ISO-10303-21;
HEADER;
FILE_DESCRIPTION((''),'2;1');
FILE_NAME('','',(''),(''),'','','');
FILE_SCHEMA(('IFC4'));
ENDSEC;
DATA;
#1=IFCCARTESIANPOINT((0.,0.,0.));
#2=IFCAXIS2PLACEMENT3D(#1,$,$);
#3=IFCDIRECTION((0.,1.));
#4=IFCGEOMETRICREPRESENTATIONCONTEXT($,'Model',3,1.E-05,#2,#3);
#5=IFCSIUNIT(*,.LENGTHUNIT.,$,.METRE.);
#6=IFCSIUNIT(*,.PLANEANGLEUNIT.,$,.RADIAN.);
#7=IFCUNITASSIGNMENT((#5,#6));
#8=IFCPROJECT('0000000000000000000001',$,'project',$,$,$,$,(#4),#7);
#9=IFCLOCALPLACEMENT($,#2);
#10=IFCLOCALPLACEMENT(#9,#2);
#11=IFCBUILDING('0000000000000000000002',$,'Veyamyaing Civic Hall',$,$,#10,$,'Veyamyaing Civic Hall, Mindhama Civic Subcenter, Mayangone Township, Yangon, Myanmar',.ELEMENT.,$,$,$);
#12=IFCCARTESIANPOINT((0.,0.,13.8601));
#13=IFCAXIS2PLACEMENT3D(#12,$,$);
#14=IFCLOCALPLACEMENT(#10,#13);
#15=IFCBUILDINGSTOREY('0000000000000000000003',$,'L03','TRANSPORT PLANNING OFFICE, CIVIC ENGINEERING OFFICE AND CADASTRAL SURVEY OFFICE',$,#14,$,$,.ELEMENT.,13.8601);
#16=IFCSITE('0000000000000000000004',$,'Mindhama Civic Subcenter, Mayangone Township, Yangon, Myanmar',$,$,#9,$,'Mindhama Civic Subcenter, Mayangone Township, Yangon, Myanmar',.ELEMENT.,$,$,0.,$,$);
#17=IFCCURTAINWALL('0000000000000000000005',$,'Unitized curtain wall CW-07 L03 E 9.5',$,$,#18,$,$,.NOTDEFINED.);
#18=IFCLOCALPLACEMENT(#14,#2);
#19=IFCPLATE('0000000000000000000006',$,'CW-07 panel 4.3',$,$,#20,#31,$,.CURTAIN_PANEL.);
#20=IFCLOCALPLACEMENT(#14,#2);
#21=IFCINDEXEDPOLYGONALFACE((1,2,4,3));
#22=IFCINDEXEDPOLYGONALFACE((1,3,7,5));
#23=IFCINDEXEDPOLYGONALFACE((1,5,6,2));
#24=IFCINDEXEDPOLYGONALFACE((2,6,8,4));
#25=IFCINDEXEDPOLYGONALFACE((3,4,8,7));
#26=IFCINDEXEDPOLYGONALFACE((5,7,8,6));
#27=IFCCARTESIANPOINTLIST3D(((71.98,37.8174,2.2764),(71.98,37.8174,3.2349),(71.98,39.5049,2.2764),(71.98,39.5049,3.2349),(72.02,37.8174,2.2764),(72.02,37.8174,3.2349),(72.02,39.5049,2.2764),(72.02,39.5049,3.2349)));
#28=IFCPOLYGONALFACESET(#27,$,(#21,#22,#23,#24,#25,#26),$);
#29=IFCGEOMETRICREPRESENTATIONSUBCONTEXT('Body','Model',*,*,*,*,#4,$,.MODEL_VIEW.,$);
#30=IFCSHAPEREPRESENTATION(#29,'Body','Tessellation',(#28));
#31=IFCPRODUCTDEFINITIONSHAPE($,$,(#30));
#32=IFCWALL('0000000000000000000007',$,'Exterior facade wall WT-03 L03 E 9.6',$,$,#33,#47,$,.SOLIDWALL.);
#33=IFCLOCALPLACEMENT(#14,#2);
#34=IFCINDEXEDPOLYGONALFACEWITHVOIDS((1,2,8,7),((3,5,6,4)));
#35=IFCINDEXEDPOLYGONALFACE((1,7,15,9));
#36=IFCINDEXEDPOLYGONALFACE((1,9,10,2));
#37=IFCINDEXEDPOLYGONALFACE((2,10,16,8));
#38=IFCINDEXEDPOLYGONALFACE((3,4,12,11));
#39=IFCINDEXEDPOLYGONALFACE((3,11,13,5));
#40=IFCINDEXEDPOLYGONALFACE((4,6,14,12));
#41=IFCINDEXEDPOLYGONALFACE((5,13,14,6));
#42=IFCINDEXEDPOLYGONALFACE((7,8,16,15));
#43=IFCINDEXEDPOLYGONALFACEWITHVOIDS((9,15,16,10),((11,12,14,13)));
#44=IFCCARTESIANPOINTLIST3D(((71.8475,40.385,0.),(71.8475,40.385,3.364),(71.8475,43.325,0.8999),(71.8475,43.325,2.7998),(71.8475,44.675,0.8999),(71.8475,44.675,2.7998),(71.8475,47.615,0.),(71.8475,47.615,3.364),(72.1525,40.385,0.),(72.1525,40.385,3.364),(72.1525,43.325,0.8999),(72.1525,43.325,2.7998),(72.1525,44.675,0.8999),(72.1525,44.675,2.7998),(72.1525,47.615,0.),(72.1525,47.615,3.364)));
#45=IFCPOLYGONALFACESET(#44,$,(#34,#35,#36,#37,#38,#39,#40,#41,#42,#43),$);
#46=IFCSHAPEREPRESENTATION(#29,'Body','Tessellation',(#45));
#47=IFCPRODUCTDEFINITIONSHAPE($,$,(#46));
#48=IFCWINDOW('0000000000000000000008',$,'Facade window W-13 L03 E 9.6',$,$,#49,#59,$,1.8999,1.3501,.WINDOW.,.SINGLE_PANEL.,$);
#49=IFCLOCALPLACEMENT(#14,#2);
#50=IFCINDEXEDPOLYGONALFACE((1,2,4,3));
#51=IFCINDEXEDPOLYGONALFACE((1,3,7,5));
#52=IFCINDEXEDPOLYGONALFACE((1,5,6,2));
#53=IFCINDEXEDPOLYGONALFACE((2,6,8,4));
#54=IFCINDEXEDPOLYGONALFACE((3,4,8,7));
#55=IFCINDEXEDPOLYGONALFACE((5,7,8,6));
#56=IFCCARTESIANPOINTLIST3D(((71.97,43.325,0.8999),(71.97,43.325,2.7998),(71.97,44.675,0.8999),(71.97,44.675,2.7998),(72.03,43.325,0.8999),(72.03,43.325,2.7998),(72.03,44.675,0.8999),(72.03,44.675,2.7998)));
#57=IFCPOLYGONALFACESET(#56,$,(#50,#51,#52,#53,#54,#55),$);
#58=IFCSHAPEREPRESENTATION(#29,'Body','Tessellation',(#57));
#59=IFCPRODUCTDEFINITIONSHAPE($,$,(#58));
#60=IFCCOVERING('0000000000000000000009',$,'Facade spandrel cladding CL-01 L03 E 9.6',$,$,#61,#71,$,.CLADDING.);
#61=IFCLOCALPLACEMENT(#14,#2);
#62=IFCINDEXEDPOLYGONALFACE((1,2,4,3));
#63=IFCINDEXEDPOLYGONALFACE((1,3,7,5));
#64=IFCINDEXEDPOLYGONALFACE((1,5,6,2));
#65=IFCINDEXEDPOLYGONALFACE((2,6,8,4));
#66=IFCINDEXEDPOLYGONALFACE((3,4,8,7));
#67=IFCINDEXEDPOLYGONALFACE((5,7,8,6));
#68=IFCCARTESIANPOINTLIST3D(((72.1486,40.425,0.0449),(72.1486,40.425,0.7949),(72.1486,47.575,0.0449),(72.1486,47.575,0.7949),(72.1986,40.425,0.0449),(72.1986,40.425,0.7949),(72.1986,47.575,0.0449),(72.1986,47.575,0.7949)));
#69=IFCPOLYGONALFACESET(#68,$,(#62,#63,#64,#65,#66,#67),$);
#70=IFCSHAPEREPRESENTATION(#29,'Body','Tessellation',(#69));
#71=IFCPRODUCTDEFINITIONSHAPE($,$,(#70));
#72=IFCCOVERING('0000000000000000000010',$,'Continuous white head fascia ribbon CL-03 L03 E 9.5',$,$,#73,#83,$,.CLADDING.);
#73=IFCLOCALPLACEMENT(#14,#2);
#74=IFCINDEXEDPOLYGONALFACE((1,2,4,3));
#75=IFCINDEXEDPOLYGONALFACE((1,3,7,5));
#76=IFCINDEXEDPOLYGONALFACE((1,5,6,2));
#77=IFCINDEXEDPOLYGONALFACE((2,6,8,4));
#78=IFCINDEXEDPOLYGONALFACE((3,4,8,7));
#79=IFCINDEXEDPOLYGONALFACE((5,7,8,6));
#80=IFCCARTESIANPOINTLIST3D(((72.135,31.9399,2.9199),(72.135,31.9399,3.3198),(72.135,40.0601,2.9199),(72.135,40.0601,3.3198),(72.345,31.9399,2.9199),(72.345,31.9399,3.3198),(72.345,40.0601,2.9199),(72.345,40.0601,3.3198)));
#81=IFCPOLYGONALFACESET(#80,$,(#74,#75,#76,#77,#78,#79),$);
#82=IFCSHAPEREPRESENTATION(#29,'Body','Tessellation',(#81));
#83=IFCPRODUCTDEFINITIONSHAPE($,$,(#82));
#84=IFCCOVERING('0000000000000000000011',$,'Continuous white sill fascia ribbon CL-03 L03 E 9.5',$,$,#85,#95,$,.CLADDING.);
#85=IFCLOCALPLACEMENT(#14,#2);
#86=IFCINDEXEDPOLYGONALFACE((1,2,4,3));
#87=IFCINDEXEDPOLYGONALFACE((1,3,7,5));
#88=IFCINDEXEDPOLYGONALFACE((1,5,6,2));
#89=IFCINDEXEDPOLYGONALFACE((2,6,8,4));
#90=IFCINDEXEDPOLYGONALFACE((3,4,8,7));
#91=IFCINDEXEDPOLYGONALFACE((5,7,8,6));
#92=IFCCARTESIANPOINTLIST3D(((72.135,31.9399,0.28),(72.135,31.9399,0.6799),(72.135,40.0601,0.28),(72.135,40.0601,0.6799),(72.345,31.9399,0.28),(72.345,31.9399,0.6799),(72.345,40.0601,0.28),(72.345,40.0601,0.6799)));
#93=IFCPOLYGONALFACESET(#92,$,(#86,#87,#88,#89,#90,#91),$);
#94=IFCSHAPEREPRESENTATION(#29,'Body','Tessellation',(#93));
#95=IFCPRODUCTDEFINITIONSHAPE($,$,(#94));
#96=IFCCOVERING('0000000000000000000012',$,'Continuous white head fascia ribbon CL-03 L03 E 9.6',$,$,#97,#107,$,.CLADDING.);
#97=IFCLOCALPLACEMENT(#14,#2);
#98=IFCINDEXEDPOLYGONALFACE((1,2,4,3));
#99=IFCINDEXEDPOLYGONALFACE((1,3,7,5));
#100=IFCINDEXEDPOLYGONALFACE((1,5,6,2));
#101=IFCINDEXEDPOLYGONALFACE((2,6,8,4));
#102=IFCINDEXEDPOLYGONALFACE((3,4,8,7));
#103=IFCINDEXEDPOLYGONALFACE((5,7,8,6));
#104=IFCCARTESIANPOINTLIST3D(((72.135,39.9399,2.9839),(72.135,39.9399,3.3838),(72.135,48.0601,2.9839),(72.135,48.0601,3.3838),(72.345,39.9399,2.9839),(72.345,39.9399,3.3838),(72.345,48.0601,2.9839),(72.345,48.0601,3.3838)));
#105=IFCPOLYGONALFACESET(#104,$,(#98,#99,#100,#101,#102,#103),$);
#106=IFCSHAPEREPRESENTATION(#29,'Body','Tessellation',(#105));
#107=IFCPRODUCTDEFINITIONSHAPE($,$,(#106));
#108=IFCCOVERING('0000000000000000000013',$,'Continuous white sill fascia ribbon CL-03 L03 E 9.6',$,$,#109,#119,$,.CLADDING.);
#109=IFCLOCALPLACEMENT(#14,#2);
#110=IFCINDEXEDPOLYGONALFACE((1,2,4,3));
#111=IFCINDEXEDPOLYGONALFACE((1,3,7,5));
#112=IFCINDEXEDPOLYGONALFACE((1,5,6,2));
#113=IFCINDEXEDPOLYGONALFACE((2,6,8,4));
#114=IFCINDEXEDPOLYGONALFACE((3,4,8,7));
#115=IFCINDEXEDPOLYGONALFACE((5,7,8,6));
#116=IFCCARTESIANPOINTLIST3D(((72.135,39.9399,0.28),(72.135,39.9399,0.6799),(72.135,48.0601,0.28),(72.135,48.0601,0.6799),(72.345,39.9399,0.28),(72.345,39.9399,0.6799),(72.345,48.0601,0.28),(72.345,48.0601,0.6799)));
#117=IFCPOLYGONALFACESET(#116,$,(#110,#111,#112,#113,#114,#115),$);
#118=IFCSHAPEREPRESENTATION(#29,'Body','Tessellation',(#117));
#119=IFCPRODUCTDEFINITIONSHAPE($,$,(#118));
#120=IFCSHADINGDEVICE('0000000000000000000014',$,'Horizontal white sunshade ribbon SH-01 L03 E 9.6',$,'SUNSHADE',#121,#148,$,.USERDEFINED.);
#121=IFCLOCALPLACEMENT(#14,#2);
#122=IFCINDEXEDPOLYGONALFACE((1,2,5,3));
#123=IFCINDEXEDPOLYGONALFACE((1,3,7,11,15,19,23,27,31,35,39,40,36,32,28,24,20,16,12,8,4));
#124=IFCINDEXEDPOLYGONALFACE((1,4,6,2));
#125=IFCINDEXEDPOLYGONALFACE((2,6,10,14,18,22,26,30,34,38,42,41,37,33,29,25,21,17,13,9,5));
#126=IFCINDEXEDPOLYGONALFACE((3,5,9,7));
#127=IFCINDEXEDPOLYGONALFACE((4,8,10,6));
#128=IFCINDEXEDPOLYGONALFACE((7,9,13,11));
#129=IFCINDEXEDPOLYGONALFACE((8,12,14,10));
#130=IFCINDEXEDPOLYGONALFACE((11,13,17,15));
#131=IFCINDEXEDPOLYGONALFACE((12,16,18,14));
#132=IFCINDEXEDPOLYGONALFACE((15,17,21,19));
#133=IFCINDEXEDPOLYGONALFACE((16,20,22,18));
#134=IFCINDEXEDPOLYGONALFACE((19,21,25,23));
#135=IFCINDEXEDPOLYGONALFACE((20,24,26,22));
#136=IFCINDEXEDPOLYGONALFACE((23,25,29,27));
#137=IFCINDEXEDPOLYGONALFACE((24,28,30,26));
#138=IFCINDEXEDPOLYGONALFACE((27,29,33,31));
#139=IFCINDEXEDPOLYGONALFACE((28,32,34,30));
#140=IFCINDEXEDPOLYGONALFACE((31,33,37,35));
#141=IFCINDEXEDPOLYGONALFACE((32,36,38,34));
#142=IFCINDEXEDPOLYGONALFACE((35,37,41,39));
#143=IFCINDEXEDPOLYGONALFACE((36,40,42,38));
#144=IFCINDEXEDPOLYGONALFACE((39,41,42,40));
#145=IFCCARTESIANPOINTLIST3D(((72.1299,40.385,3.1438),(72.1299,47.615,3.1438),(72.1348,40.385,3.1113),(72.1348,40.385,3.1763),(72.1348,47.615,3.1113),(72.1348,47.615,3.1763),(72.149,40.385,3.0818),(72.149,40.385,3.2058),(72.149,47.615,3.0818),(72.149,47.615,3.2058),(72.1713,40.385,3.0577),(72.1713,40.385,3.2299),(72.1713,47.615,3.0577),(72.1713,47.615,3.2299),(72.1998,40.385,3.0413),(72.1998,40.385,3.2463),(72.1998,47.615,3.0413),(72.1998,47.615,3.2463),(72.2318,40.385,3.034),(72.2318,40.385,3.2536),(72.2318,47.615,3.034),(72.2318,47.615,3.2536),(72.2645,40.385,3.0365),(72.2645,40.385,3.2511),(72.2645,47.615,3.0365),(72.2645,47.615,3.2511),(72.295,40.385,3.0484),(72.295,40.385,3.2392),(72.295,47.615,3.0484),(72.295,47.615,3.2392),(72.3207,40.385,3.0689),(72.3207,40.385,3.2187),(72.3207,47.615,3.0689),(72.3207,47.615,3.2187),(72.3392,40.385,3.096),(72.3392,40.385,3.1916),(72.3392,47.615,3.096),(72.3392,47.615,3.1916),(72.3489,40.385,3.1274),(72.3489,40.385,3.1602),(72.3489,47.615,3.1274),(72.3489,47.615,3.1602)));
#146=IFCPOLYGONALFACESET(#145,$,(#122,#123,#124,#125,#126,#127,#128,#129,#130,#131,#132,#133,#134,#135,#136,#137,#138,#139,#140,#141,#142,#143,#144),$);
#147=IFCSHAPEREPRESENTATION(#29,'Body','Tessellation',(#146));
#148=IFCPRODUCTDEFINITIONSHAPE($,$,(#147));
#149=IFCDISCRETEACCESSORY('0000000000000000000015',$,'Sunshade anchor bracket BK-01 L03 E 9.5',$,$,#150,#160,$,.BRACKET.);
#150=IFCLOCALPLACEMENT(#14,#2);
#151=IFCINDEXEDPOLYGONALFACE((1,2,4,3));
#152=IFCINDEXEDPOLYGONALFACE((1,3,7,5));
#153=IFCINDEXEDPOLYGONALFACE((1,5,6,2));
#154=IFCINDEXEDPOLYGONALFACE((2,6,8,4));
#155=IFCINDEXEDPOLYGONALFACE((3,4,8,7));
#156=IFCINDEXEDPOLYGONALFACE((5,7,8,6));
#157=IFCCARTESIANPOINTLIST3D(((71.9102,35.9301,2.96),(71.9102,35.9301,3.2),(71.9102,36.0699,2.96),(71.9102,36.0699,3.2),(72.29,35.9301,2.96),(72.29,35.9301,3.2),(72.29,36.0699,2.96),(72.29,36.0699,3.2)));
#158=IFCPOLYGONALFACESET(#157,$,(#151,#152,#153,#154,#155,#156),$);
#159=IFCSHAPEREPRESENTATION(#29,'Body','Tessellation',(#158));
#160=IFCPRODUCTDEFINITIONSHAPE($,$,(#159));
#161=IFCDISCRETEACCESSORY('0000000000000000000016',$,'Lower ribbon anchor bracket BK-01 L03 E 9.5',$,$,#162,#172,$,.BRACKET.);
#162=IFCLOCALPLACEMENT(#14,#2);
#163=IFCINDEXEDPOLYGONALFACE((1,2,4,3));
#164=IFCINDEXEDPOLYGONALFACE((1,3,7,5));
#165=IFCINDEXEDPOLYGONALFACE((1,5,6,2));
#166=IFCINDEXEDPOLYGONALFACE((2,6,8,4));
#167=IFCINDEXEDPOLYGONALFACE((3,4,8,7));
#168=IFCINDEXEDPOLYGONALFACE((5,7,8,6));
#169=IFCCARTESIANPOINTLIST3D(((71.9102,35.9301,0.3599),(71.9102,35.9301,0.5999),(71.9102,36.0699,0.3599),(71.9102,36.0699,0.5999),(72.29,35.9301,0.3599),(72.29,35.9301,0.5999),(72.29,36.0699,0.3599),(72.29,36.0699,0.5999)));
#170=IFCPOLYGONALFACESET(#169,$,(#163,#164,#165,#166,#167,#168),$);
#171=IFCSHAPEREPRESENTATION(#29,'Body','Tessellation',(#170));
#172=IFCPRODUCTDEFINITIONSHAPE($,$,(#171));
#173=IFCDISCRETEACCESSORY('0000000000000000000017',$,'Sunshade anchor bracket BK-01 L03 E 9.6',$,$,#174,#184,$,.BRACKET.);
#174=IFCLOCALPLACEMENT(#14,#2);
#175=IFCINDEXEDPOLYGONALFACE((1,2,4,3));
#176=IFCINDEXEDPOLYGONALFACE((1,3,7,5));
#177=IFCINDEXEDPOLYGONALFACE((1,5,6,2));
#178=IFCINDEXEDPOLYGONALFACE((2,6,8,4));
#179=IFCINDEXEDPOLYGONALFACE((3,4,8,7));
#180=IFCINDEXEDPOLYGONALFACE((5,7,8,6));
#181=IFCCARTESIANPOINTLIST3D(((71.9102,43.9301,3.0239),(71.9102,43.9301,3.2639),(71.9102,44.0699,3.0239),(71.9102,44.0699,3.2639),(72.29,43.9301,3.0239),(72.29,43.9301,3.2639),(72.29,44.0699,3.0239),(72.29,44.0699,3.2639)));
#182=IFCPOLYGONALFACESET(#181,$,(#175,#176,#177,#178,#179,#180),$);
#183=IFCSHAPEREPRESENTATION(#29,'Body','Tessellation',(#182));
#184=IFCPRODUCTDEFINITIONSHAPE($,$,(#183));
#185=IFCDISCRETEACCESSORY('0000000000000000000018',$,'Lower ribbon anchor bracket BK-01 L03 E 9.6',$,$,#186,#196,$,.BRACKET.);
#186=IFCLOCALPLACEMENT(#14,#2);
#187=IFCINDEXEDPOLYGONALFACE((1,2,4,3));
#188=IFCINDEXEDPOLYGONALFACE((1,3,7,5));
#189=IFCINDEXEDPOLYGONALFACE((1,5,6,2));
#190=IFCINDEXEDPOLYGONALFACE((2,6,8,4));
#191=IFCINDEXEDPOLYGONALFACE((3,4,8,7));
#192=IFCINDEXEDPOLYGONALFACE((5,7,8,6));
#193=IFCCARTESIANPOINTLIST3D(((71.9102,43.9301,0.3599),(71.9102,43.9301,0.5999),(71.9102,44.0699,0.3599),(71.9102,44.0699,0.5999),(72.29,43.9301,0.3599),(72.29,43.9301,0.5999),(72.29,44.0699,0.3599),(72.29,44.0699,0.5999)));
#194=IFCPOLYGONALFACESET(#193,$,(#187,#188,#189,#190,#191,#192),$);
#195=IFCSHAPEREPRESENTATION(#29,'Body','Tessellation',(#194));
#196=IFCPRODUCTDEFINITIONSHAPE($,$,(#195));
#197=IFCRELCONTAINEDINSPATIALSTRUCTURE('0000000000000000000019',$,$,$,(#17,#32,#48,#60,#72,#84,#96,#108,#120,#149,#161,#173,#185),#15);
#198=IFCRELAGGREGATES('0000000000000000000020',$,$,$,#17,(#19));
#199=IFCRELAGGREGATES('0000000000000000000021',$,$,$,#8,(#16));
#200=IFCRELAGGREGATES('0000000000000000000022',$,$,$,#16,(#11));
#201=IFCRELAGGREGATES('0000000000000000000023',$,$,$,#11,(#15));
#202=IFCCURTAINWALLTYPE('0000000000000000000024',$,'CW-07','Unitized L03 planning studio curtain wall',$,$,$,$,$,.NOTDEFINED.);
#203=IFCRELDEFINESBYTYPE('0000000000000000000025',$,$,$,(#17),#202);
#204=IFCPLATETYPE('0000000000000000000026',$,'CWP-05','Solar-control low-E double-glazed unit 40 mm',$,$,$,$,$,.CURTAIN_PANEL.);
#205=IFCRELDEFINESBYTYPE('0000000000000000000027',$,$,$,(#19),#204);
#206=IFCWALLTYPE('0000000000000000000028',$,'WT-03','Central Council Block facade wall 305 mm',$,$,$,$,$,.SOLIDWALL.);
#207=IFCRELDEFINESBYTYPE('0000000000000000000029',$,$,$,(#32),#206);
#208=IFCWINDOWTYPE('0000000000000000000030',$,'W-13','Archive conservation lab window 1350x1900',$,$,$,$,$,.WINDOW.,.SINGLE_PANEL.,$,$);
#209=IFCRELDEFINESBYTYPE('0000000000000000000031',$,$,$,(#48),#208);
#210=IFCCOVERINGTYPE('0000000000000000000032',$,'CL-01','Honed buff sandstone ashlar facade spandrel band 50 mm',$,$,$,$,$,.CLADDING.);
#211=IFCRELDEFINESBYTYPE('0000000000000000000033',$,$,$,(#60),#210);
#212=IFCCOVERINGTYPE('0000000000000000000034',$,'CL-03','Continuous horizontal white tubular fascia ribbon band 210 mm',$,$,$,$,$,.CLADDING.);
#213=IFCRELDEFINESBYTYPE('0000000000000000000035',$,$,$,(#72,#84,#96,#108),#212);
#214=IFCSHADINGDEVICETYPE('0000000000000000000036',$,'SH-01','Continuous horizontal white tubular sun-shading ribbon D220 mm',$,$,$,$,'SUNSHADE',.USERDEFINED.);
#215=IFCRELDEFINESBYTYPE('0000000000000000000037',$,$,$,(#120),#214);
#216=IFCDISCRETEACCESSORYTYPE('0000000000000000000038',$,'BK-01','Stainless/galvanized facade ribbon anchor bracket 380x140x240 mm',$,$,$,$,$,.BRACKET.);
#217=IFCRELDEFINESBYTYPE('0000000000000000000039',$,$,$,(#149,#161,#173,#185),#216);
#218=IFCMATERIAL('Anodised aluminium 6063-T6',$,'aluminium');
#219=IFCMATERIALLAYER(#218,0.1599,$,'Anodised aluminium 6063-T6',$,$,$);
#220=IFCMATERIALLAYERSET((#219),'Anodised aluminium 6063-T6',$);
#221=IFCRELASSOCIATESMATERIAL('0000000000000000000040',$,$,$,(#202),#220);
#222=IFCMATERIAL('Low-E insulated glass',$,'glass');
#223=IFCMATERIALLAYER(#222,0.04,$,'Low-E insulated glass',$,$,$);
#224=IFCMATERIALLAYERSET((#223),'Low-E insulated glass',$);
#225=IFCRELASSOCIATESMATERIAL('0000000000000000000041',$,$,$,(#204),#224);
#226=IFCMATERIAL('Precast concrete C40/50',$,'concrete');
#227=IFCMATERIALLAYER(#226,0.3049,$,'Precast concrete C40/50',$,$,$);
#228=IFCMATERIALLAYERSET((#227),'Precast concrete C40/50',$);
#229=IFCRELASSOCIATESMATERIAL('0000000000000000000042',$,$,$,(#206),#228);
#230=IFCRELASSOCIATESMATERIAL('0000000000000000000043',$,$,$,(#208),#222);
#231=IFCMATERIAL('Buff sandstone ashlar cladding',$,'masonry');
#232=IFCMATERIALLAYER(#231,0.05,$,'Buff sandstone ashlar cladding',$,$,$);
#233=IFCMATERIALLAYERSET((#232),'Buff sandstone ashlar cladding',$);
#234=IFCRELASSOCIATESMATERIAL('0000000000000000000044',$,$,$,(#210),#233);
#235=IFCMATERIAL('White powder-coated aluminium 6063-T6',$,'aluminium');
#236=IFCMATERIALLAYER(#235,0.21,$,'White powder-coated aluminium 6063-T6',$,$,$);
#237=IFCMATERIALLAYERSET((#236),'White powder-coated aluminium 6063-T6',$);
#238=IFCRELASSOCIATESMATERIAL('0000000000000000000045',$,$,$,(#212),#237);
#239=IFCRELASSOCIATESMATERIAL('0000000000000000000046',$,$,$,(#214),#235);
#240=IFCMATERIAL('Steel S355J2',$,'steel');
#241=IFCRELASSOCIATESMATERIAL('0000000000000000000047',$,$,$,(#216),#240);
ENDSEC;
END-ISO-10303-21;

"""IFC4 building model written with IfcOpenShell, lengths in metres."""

from ifc_helpers import new_model, si_unit, direction, frame, frame_2d, origin, origin_2d, place, context, subcontext, project, spatial, rectangle, circle, extrude, material, layer, layer_set, material_profile, profile_set, type_object, element, fill, aggregate, save


model = new_model("IFC4")

# Units and contexts
model_context = context("Model", 3, precision=1e-05, world=origin(), true_north=direction((0.0, 1.0)))
body_context = subcontext(model_context, "Body", "Model", "MODEL_VIEW")
ifc_project = project(units=[si_unit("LENGTHUNIT", "METRE"), si_unit("PLANEANGLEUNIT", "RADIAN")], contexts=[model_context])

# Site, building, storey
site_placement = place(None, origin())
site = spatial("IfcSite", under=ifc_project, at=site_placement, Name="Mindhama Civic Subcenter, Mayangone Township, Yangon, Myanmar", LongName="Mindhama Civic Subcenter, Mayangone Township, Yangon, Myanmar", CompositionType="ELEMENT", RefElevation=0.0)
building_placement = place(site_placement, origin())
building = spatial("IfcBuilding", under=site, at=building_placement, Name="Veyamyaing Civic Hall", LongName="Veyamyaing Civic Hall, Mindhama Civic Subcenter, Mayangone Township, Yangon, Myanmar", CompositionType="ELEMENT")
storey_placement = place(building_placement, frame((0.0, 0.0, 13.8601)))
storey = spatial("IfcBuildingStorey", under=building, at=storey_placement, Name="L03", Description="TRANSPORT PLANNING OFFICE, CIVIC ENGINEERING OFFICE AND CADASTRAL SURVEY OFFICE", CompositionType="ELEMENT", Elevation=13.8601)

# Curtain wall, plate
ifc_material_1 = material(Name="Anodised aluminium 6063-T6", Category="aluminium")
ifc_layer_1 = layer(ifc_material_1, 0.1599, Name="Anodised aluminium 6063-T6")
ifc_layer_set_1 = layer_set([ifc_layer_1], Name="Anodised aluminium 6063-T6")
curtain_wall_type = type_object("IfcCurtainWallType", Name="CW-07", Description="Unitized L03 planning studio curtain wall", PredefinedType="NOTDEFINED", material=ifc_layer_set_1)
curtain_wall_placement = place(storey_placement, origin())
curtain_wall = element("IfcCurtainWall", 1, at=curtain_wall_placement, inside=storey, type_object=curtain_wall_type, Name="Unitized curtain wall CW-07 L03 E 9.5", PredefinedType="NOTDEFINED")
ifc_material_2 = material(Name="Low-E insulated glass", Category="glass")
ifc_layer_2 = layer(ifc_material_2, 0.04, Name="Low-E insulated glass")
ifc_layer_set_2 = layer_set([ifc_layer_2], Name="Low-E insulated glass")
plate_type = type_object("IfcPlateType", Name="CWP-05", Description="Solar-control low-E double-glazed unit 40 mm", PredefinedType="CURTAIN_PANEL", material=ifc_layer_set_2)
plate_1_placement = place(storey_placement, frame((72.0, 38.6611, 2.2764), z_axis=(0.0, 0.0, 1.0), x_axis=(0.0, 1.0, 0.0)))
plate_1 = element("IfcPlate", 2, at=plate_1_placement, type_object=plate_type, Name="CW-07 panel 4.3", PredefinedType="CURTAIN_PANEL", context=body_context, shape_type="SweptSolid", body=[
    extrude(rectangle(XDim=1.6875, YDim=0.04, at=origin_2d()), origin(), (0.0, 0.0, 1.0), 0.9585),
])
aggregate(curtain_wall, [plate_1])

# Wall, opening, window
ifc_material_3 = material(Name="Precast concrete C40/50", Category="concrete")
ifc_layer_3 = layer(ifc_material_3, 0.3049, Name="Precast concrete C40/50")
ifc_layer_set_3 = layer_set([ifc_layer_3], Name="Precast concrete C40/50")
wall_type = type_object("IfcWallType", Name="WT-03", Description="Central Council Block facade wall 305 mm", PredefinedType="SOLIDWALL", material=ifc_layer_set_3)
wall_placement = place(storey_placement, frame((72.0, 40.385, 0.0), z_axis=(0.0, 0.0, 1.0), x_axis=(0.0, 1.0, 0.0)))
wall = element("IfcWall", 3, at=wall_placement, inside=storey, type_object=wall_type, Name="Exterior facade wall WT-03 L03 E 9.6", PredefinedType="SOLIDWALL", context=body_context, shape_type="SweptSolid", body=[
    extrude(rectangle(XDim=7.23, YDim=0.3049, at=frame_2d((3.615, 0.0))), origin(), (0.0, 0.0, 1.0), 3.364),
])
opening_placement = place(wall_placement, frame((2.9399, 0.0, 0.8999)))
opening = element("IfcOpeningElement", 4, at=opening_placement, cuts=wall, PredefinedType="OPENING", context=body_context, shape_type="SweptSolid", body=[
    extrude(rectangle(XDim=1.3501, YDim=1.8999, at=frame_2d((0.675, 0.95))), frame((0.0, 0.1624, 0.0), z_axis=(0.0, -1.0, 0.0), x_axis=(1.0, 0.0, 0.0)), (0.0, 0.0, 1.0), 0.325),
])
window_type = type_object("IfcWindowType", Name="W-13", Description="Archive conservation lab window 1350x1900", PartitioningType="SINGLE_PANEL", PredefinedType="WINDOW", material=ifc_material_2)
window_placement = place(opening_placement, origin())
window = element("IfcWindow", 5, at=window_placement, inside=storey, type_object=window_type, Name="Facade window W-13 L03 E 9.6", OverallHeight=1.8999, OverallWidth=1.3501, PartitioningType="SINGLE_PANEL", PredefinedType="WINDOW", context=body_context, shape_type="SweptSolid", body=[
    extrude(rectangle(XDim=1.3501, YDim=1.8999, at=frame_2d((0.675, 0.95))), frame((0.0, 0.03, 0.0), z_axis=(0.0, -1.0, 0.0), x_axis=(1.0, 0.0, 0.0)), (0.0, 0.0, 1.0), 0.0601),
])
fill(opening, window)

# Coverings
ifc_material_4 = material(Name="Buff sandstone ashlar cladding", Category="masonry")
ifc_layer_4 = layer(ifc_material_4, 0.05, Name="Buff sandstone ashlar cladding")
ifc_layer_set_4 = layer_set([ifc_layer_4], Name="Buff sandstone ashlar cladding")
covering_type_1 = type_object("IfcCoveringType", Name="CL-01", Description="Honed buff sandstone ashlar facade spandrel band 50 mm", PredefinedType="CLADDING", material=ifc_layer_set_4)
covering_placement = place(storey_placement, frame((72.1736, 44.0, 0.0449), z_axis=(0.0, 0.0, 1.0), x_axis=(0.0, 1.0, 0.0)))
element("IfcCovering", 6, at=covering_placement, inside=storey, type_object=covering_type_1, Name="Facade spandrel cladding CL-01 L03 E 9.6", PredefinedType="CLADDING", context=body_context, shape_type="SweptSolid", body=[
    extrude(rectangle(XDim=7.1499, YDim=0.05, at=origin_2d()), origin(), (0.0, 0.0, 1.0), 0.75),
])
ifc_material_5 = material(Name="White powder-coated aluminium 6063-T6", Category="aluminium")
ifc_layer_5 = layer(ifc_material_5, 0.21, Name="White powder-coated aluminium 6063-T6")
ifc_layer_set_5 = layer_set([ifc_layer_5], Name="White powder-coated aluminium 6063-T6")
covering_type_2 = type_object("IfcCoveringType", Name="CL-03", Description="Continuous horizontal white tubular fascia ribbon band 210 mm", PredefinedType="CLADDING", material=ifc_layer_set_5)
for number, where, z_axis, x_axis, name in (
    (7, (72.24, 36.0, 2.9199), (0.0, 0.0, 1.0), (0.0, 1.0, 0.0), "Continuous white head fascia ribbon CL-03 L03 E 9.5"),
    (8, (72.24, 36.0, 0.28), (0.0, 0.0, 1.0), (0.0, 1.0, 0.0), "Continuous white sill fascia ribbon CL-03 L03 E 9.5"),
    (9, (72.24, 44.0, 2.9839), (0.0, 0.0, 1.0), (0.0, 1.0, 0.0), "Continuous white head fascia ribbon CL-03 L03 E 9.6"),
    (10, (72.24, 44.0, 0.28), (0.0, 0.0, 1.0), (0.0, 1.0, 0.0), "Continuous white sill fascia ribbon CL-03 L03 E 9.6"),
):
    element("IfcCovering", number, at=place(storey_placement, frame(where, z_axis=z_axis, x_axis=x_axis)), inside=storey, type_object=covering_type_2, Name=name, PredefinedType="CLADDING", context=body_context, shape_type="SweptSolid", body=[
        extrude(rectangle(XDim=8.1201, YDim=0.21, at=origin_2d()), origin(), (0.0, 0.0, 1.0), 0.3999),
    ])

# Shading device
ifc_material_profile_1 = material_profile(ifc_material_5, circle(Radius=0.1101, at=origin_2d()), Name="SHADE-TUBE-220")
ifc_profile_set_1 = profile_set([ifc_material_profile_1], Name="White powder-coated aluminium 6063-T6")
shading_device_type = type_object("IfcShadingDeviceType", Name="SH-01", Description="Continuous horizontal white tubular sun-shading ribbon D220 mm", ElementType="SUNSHADE", PredefinedType="USERDEFINED", material=ifc_profile_set_1)
shading_device_placement = place(storey_placement, frame((72.24, 40.385, 3.1438), z_axis=(0.0, 1.0, 0.0), x_axis=(-1.0, 0.0, 0.0)))
element("IfcShadingDevice", 11, at=shading_device_placement, inside=storey, type_object=shading_device_type, Name="Horizontal white sunshade ribbon SH-01 L03 E 9.6", ObjectType="SUNSHADE", PredefinedType="USERDEFINED", context=body_context, shape_type="SweptSolid", body=[
    extrude(circle(Radius=0.1101, at=origin_2d()), origin(), (0.0, 0.0, 1.0), 7.23),
])

# Discrete accessories
ifc_material_6 = material(Name="Steel S355J2", Category="steel")
discrete_accessory_type = type_object("IfcDiscreteAccessoryType", Name="BK-01", Description="Stainless/galvanized facade ribbon anchor bracket 380x140x240 mm", PredefinedType="BRACKET", material=ifc_material_6)
for number, where, z_axis, x_axis, name in (
    (12, (72.1001, 36.0, 2.96), (0.0, 0.0, 1.0), (1.0, 0.0, 0.0), "Sunshade anchor bracket BK-01 L03 E 9.5"),
    (13, (72.1001, 36.0, 0.3599), (0.0, 0.0, 1.0), (1.0, 0.0, 0.0), "Lower ribbon anchor bracket BK-01 L03 E 9.5"),
    (14, (72.1001, 44.0, 3.0239), (0.0, 0.0, 1.0), (1.0, 0.0, 0.0), "Sunshade anchor bracket BK-01 L03 E 9.6"),
    (15, (72.1001, 44.0, 0.3599), (0.0, 0.0, 1.0), (1.0, 0.0, 0.0), "Lower ribbon anchor bracket BK-01 L03 E 9.6"),
):
    element("IfcDiscreteAccessory", number, at=place(storey_placement, frame(where, z_axis=z_axis, x_axis=x_axis)), inside=storey, type_object=discrete_accessory_type, Name=name, PredefinedType="BRACKET", context=body_context, shape_type="SweptSolid", body=[
        extrude(rectangle(XDim=0.3799, YDim=0.1399, at=origin_2d()), origin(), (0.0, 0.0, 1.0), 0.24),
    ])

save(model, "model.ifc")
